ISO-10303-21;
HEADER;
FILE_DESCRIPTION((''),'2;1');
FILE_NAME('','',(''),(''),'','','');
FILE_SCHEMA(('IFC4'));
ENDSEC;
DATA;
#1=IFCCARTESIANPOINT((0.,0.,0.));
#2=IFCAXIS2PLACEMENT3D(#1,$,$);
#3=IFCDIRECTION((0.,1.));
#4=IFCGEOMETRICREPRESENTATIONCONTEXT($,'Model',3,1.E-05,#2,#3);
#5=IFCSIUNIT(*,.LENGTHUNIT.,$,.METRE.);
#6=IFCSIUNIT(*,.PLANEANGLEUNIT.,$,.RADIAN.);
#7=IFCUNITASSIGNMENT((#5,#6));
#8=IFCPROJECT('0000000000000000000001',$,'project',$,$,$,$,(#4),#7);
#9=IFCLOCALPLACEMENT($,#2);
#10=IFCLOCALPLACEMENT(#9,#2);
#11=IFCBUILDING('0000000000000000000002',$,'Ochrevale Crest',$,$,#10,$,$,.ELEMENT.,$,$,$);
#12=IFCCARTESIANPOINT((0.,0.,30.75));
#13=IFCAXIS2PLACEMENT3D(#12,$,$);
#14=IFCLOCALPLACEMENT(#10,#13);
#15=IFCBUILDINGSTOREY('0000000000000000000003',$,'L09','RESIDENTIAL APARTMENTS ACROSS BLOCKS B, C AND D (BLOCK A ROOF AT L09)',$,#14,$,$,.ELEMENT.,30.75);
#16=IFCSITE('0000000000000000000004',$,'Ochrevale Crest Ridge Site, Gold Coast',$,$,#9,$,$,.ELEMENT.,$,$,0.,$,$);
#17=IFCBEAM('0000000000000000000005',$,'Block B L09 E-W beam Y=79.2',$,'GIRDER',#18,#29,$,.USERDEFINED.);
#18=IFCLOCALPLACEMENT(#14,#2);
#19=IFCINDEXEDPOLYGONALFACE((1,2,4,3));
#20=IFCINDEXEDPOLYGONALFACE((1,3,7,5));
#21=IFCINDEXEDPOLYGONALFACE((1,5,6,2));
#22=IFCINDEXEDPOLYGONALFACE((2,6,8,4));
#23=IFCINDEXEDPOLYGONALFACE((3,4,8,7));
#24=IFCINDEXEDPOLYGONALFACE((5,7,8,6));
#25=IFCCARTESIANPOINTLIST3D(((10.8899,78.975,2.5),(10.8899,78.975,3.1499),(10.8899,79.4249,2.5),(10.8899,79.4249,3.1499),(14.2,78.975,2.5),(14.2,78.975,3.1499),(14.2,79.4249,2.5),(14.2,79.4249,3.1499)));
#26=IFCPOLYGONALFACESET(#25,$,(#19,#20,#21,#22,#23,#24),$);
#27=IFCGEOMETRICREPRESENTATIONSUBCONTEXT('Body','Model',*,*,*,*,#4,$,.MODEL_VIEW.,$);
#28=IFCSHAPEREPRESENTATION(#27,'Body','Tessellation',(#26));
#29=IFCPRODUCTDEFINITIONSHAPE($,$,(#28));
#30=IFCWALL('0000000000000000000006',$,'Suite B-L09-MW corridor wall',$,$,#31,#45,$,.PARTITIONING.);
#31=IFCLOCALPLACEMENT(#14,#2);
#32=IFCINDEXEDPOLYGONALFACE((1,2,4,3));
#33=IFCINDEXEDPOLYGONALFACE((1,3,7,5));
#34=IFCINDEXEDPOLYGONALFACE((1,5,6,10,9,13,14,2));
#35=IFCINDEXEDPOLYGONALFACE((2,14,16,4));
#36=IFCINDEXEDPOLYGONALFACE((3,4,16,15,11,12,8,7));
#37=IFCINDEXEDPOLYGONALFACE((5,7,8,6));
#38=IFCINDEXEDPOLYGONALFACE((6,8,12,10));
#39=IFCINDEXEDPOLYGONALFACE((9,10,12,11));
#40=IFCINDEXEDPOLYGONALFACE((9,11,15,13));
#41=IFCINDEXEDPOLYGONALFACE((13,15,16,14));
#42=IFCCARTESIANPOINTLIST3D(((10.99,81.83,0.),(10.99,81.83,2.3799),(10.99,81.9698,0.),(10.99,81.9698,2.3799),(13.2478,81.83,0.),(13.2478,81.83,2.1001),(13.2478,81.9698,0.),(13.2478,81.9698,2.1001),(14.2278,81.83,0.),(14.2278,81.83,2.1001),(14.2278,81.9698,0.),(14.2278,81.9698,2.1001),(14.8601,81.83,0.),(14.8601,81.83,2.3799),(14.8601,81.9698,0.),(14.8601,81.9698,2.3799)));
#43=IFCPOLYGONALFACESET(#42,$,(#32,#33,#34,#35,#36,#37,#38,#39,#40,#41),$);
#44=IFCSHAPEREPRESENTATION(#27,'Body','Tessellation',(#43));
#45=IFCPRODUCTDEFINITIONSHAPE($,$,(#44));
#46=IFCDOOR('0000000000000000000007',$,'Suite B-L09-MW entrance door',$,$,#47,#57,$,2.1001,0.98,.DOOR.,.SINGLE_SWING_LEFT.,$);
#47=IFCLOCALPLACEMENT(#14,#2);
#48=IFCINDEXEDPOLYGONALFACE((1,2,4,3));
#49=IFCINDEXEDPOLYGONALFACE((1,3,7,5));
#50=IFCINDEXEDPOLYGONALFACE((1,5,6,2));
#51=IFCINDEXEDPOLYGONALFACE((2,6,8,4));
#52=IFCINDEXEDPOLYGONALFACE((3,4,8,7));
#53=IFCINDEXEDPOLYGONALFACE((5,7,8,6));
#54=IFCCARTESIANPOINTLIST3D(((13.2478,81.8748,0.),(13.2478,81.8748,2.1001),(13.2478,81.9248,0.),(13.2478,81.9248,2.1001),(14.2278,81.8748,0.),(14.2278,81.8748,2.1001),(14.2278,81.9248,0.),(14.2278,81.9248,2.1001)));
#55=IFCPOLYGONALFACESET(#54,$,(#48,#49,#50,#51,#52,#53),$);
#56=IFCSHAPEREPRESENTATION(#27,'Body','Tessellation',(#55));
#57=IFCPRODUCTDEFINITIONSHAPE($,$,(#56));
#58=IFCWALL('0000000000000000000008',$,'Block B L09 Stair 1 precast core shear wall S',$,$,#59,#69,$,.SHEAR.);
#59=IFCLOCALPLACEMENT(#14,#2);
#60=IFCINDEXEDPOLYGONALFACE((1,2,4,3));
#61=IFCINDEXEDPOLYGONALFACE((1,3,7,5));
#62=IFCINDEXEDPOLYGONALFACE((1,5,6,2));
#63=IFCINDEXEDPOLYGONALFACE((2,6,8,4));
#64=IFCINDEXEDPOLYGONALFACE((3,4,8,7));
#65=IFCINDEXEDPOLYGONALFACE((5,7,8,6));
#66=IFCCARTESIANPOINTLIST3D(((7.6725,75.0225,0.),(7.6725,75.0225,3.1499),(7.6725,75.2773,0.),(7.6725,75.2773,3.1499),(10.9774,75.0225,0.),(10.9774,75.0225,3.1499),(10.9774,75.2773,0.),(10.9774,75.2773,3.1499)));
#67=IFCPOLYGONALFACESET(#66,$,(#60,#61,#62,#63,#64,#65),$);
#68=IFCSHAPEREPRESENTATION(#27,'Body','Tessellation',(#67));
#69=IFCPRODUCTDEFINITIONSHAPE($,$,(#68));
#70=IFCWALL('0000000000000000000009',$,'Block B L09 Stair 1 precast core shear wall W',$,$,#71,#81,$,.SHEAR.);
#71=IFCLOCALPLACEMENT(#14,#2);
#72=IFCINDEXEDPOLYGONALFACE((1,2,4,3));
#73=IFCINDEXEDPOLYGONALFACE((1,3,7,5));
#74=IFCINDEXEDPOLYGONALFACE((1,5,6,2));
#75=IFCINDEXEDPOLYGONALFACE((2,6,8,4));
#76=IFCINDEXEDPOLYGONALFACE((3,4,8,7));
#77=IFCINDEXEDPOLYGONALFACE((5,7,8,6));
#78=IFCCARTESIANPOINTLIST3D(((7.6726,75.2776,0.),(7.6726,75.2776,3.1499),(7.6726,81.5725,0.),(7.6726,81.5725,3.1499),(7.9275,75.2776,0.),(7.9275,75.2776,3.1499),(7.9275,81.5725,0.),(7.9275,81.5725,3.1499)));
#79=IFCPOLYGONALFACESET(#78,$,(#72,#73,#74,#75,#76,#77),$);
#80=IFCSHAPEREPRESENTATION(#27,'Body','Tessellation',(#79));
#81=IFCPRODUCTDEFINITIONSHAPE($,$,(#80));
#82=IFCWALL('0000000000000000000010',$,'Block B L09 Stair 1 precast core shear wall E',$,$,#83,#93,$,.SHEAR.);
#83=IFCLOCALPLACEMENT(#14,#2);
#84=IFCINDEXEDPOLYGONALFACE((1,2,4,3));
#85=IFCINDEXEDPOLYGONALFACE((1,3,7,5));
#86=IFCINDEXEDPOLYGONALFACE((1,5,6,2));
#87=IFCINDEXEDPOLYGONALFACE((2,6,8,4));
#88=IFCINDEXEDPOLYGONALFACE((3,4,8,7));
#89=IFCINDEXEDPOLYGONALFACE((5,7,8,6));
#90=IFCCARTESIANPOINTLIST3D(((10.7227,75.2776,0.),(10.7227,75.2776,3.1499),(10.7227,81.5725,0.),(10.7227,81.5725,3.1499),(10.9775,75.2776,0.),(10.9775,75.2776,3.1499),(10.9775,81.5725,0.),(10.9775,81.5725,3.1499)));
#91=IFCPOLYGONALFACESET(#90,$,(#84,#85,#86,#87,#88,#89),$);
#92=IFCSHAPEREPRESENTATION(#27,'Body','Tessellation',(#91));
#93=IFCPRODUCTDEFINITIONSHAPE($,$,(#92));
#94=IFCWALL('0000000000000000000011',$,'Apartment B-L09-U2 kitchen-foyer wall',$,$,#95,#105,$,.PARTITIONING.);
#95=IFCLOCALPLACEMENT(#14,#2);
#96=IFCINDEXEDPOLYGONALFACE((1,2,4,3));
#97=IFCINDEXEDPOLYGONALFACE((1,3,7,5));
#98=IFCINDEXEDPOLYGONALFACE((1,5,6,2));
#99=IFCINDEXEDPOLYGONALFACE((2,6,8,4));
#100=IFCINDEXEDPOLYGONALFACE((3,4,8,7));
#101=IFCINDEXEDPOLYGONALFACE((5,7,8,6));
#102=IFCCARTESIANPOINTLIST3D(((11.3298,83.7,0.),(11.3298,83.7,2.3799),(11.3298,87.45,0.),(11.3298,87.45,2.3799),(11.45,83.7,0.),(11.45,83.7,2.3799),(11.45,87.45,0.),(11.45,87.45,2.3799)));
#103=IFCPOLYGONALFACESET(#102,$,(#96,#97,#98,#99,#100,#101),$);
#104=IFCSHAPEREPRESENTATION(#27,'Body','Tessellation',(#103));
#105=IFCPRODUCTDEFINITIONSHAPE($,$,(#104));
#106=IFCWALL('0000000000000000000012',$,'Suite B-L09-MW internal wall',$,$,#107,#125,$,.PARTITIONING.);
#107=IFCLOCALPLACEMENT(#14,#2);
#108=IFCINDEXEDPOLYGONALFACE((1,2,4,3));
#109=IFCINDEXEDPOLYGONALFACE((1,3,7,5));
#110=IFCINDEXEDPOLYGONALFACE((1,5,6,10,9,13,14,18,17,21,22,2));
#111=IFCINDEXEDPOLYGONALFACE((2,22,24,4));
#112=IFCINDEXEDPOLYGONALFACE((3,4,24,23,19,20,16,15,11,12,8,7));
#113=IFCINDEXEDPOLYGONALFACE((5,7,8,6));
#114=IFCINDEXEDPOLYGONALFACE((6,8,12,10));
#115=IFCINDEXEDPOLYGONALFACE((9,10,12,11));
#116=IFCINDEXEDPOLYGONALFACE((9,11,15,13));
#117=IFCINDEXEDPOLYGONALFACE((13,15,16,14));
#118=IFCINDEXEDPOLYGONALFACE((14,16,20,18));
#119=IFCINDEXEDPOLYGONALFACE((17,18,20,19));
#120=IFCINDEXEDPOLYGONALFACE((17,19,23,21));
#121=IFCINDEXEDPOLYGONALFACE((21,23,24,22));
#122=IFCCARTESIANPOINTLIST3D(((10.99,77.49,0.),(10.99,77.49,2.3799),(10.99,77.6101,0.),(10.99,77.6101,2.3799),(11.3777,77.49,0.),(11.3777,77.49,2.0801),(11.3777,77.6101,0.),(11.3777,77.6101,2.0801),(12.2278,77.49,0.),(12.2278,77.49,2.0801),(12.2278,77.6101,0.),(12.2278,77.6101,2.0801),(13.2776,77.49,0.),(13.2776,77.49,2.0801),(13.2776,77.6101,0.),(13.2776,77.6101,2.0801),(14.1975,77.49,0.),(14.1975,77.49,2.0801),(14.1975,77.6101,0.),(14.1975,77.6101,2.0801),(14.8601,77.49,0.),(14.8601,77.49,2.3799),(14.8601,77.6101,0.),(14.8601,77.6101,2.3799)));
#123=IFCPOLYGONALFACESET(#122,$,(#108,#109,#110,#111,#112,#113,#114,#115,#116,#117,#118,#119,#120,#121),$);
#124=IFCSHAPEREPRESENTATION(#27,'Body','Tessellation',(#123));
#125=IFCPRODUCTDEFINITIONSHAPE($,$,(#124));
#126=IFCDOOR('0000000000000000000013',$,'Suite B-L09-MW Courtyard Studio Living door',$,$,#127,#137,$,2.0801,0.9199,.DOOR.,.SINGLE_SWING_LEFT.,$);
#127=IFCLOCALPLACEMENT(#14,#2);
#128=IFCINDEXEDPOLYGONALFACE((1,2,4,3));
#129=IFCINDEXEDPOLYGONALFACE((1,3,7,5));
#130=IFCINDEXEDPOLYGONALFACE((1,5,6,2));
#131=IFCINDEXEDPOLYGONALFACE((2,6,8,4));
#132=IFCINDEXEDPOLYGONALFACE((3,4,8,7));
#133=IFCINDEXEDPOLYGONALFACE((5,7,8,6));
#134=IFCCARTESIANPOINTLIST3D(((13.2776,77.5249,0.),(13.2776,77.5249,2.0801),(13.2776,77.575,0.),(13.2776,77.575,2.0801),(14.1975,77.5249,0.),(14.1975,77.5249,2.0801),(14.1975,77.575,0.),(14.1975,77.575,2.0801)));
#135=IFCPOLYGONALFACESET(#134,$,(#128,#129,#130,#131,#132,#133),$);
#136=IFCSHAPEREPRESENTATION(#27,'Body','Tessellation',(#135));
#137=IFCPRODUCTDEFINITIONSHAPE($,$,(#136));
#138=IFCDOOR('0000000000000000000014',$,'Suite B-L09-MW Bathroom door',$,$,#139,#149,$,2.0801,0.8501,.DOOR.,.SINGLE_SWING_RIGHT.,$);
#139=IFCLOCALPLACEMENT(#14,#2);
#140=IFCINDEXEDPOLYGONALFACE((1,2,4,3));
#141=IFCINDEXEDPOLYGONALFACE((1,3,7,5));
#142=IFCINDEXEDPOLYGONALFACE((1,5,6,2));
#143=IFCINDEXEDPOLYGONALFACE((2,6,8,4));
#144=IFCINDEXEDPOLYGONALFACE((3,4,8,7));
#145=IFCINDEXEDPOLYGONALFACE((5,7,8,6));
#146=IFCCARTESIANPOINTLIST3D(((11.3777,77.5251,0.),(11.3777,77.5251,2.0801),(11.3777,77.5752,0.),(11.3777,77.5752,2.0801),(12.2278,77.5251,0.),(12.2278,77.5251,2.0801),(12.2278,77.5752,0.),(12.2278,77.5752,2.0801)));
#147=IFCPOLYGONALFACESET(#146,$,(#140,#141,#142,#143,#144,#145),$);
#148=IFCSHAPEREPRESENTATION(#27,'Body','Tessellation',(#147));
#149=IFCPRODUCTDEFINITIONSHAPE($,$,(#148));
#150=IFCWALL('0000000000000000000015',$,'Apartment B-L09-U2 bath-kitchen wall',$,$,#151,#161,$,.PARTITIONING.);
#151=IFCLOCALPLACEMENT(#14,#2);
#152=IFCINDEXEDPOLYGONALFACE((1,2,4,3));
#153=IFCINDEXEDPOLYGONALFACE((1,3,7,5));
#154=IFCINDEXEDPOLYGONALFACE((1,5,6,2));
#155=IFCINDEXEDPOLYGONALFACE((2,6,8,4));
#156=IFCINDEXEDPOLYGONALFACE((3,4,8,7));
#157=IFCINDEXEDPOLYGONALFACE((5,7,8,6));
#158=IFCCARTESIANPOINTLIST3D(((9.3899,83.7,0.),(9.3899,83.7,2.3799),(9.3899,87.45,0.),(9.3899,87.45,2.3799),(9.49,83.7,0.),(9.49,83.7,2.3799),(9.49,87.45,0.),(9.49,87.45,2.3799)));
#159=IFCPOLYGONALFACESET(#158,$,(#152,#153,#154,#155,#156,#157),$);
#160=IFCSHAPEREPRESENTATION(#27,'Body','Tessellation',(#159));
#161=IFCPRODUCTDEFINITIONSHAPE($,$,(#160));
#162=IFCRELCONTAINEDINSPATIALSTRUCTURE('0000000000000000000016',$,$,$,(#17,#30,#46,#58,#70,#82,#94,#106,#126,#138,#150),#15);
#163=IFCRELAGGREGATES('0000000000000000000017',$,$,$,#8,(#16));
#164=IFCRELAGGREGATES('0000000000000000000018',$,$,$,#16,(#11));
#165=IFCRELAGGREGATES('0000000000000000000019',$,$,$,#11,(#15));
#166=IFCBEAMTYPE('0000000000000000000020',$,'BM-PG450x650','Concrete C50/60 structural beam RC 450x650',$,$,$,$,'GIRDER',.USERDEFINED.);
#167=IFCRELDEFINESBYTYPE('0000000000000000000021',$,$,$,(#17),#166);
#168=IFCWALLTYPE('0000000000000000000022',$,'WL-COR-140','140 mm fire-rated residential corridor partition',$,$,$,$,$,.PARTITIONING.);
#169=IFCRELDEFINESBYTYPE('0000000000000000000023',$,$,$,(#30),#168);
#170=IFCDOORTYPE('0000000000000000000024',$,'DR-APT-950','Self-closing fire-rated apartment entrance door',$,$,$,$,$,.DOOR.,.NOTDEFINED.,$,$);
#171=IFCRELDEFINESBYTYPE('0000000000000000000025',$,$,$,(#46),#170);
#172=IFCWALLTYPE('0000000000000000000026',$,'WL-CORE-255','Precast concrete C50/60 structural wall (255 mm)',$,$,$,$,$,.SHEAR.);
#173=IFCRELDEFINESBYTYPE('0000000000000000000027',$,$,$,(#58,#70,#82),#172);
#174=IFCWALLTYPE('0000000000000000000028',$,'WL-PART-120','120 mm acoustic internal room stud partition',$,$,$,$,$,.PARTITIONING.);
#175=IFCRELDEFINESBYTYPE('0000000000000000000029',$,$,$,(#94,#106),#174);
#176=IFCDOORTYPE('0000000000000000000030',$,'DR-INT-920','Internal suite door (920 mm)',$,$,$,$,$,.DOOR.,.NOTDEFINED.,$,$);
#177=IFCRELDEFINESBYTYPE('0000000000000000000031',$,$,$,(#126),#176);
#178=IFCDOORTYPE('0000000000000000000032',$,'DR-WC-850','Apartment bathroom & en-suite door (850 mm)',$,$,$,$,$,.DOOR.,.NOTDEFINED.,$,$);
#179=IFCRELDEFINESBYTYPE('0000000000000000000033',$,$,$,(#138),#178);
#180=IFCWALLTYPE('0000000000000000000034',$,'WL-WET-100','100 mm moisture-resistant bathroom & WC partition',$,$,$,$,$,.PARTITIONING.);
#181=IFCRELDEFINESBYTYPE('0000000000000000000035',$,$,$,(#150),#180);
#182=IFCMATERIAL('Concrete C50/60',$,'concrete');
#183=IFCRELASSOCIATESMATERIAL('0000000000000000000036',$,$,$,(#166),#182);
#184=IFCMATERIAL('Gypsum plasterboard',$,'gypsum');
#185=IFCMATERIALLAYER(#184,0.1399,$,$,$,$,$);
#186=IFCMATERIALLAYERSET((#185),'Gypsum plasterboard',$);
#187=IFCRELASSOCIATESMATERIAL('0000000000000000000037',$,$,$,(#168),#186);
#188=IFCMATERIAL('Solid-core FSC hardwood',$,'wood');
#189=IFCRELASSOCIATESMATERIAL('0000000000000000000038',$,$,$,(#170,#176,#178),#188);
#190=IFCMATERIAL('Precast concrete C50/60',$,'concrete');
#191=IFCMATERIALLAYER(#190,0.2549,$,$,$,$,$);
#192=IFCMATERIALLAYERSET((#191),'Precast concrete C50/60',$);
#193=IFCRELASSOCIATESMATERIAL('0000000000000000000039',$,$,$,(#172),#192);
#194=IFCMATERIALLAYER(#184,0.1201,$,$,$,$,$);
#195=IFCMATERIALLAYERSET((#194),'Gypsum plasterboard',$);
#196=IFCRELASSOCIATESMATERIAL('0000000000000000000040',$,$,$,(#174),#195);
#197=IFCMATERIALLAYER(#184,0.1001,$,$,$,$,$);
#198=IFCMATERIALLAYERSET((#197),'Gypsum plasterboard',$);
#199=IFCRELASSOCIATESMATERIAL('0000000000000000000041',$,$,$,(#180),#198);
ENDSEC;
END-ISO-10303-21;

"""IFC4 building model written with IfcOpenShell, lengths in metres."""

from ifc_helpers import new_model, si_unit, direction, frame, frame_2d, origin, origin_2d, place, context, subcontext, project, spatial, rectangle, extrude, material, layer, layer_set, material_profile, profile_set, type_object, element, fill, save


model = new_model("IFC4")

# Units and contexts
model_context = context("Model", 3, precision=1e-05, world=origin(), true_north=direction((0.0, 1.0)))
body_context = subcontext(model_context, "Body", "Model", "MODEL_VIEW")
ifc_project = project(units=[si_unit("LENGTHUNIT", "METRE"), si_unit("PLANEANGLEUNIT", "RADIAN")], contexts=[model_context])

# Site, building, storey
site_placement = place(None, origin())
site = spatial("IfcSite", under=ifc_project, at=site_placement, Name="Ochrevale Crest Ridge Site, Gold Coast", CompositionType="ELEMENT", RefElevation=0.0)
building_placement = place(site_placement, origin())
building = spatial("IfcBuilding", under=site, at=building_placement, Name="Ochrevale Crest", CompositionType="ELEMENT")
storey_placement = place(building_placement, frame((0.0, 0.0, 30.75)))
storey = spatial("IfcBuildingStorey", under=building, at=storey_placement, Name="L09", Description="RESIDENTIAL APARTMENTS ACROSS BLOCKS B, C AND D (BLOCK A ROOF AT L09)", CompositionType="ELEMENT", Elevation=30.75)

# Beam
ifc_material_1 = material(Name="Concrete C50/60", Category="concrete")
ifc_material_profile = material_profile(ifc_material_1, rectangle(XDim=0.45, YDim=0.6499, at=origin_2d()), Name="RC 450x650")
ifc_profile_set = profile_set([ifc_material_profile], Name="Concrete C50/60")
beam_type = type_object("IfcBeamType", Name="BM-PG450x650", Description="Concrete C50/60 structural beam RC 450x650", ElementType="GIRDER", PredefinedType="USERDEFINED", material=ifc_profile_set)
beam_placement = place(storey_placement, frame((10.8899, 79.2, 2.825), z_axis=(1.0, 0.0, 0.0), x_axis=(0.0, 1.0, 0.0)))
element("IfcBeam", 1, at=beam_placement, inside=storey, type_object=beam_type, Name="Block B L09 E-W beam Y=79.2", ObjectType="GIRDER", PredefinedType="USERDEFINED", context=body_context, shape_type="SweptSolid", body=[
    extrude(rectangle(XDim=0.45, YDim=0.6499, at=origin_2d()), origin(), (0.0, 0.0, 1.0), 3.3101),
])

# Wall, opening, door
ifc_material_2 = material(Name="Gypsum plasterboard", Category="gypsum")
ifc_layer_1 = layer(ifc_material_2, 0.1399)
ifc_layer_set_1 = layer_set([ifc_layer_1], Name="Gypsum plasterboard")
wall_type_1 = type_object("IfcWallType", Name="WL-COR-140", Description="140 mm fire-rated residential corridor partition", PredefinedType="PARTITIONING", material=ifc_layer_set_1)
wall_1_placement = place(storey_placement, frame((10.99, 81.8999, 0.0), z_axis=(0.0, 0.0, 1.0), x_axis=(1.0, 0.0, 0.0)))
wall_1 = element("IfcWall", 2, at=wall_1_placement, inside=storey, type_object=wall_type_1, Name="Suite B-L09-MW corridor wall", PredefinedType="PARTITIONING", context=body_context, shape_type="SweptSolid", body=[
    extrude(rectangle(XDim=3.8701, YDim=0.1399, at=frame_2d((1.9351, 0.0))), origin(), (0.0, 0.0, 1.0), 2.3799),
])
opening_1_placement = place(wall_1_placement, frame((2.2578, 0.0, 0.0)))
opening_1 = element("IfcOpeningElement", 3, at=opening_1_placement, cuts=wall_1, PredefinedType="OPENING", context=body_context, shape_type="SweptSolid", body=[
    extrude(rectangle(XDim=0.98, YDim=2.1001, at=frame_2d((0.49, 1.05))), frame((0.0, 0.0801, 0.0), z_axis=(0.0, -1.0, 0.0), x_axis=(1.0, 0.0, 0.0)), (0.0, 0.0, 1.0), 0.1599),
])
ifc_material_3 = material(Name="Solid-core FSC hardwood", Category="wood")
door_type_1 = type_object("IfcDoorType", Name="DR-APT-950", Description="Self-closing fire-rated apartment entrance door", OperationType="NOTDEFINED", PredefinedType="DOOR", material=ifc_material_3)
door_1_placement = place(opening_1_placement, origin())
door_1 = element("IfcDoor", 4, at=door_1_placement, inside=storey, type_object=door_type_1, Name="Suite B-L09-MW entrance door", OperationType="SINGLE_SWING_LEFT", OverallHeight=2.1001, OverallWidth=0.98, PredefinedType="DOOR", context=body_context, shape_type="SweptSolid", body=[
    extrude(rectangle(XDim=0.98, YDim=2.1001, at=frame_2d((0.49, 1.05))), frame((0.0, 0.0249, 0.0), z_axis=(0.0, -1.0, 0.0), x_axis=(1.0, 0.0, 0.0)), (0.0, 0.0, 1.0), 0.05),
])
fill(opening_1, door_1)

# Wall
ifc_material_4 = material(Name="Precast concrete C50/60", Category="concrete")
ifc_layer_2 = layer(ifc_material_4, 0.2549)
ifc_layer_set_2 = layer_set([ifc_layer_2], Name="Precast concrete C50/60")
wall_type_2 = type_object("IfcWallType", Name="WL-CORE-255", Description="Precast concrete C50/60 structural wall (255 mm)", PredefinedType="SHEAR", material=ifc_layer_set_2)
wall_2_placement = place(storey_placement, frame((7.6726, 75.1499, 0.0), z_axis=(0.0, 0.0, 1.0), x_axis=(1.0, 0.0, 0.0)))
element("IfcWall", 5, at=wall_2_placement, inside=storey, type_object=wall_type_2, Name="Block B L09 Stair 1 precast core shear wall S", PredefinedType="SHEAR", context=body_context, shape_type="SweptSolid", body=[
    extrude(rectangle(XDim=3.3049, YDim=0.2549, at=frame_2d((1.6523, 0.0))), origin(), (0.0, 0.0, 1.0), 3.1499),
])

# Walls
for number, where, z_axis, x_axis, name in (
    (6, (7.8, 75.2776, 0.0), (0.0, 0.0, 1.0), (0.0, 1.0, 0.0), "Block B L09 Stair 1 precast core shear wall W"),
    (7, (10.8501, 75.2776, 0.0), (0.0, 0.0, 1.0), (0.0, 1.0, 0.0), "Block B L09 Stair 1 precast core shear wall E"),
):
    element("IfcWall", number, at=place(storey_placement, frame(where, z_axis=z_axis, x_axis=x_axis)), inside=storey, type_object=wall_type_2, Name=name, PredefinedType="SHEAR", context=body_context, shape_type="SweptSolid", body=[
        extrude(rectangle(XDim=6.2949, YDim=0.2549, at=frame_2d((3.1475, 0.0))), origin(), (0.0, 0.0, 1.0), 3.1499),
    ])
ifc_layer_3 = layer(ifc_material_2, 0.1201)
ifc_layer_set_3 = layer_set([ifc_layer_3], Name="Gypsum plasterboard")
wall_type_3 = type_object("IfcWallType", Name="WL-PART-120", Description="120 mm acoustic internal room stud partition", PredefinedType="PARTITIONING", material=ifc_layer_set_3)
wall_3_placement = place(storey_placement, frame((11.3899, 83.7, 0.0), z_axis=(0.0, 0.0, 1.0), x_axis=(0.0, 1.0, 0.0)))
element("IfcWall", 8, at=wall_3_placement, inside=storey, type_object=wall_type_3, Name="Apartment B-L09-U2 kitchen-foyer wall", PredefinedType="PARTITIONING", context=body_context, shape_type="SweptSolid", body=[
    extrude(rectangle(XDim=3.75, YDim=0.1201, at=frame_2d((1.875, 0.0))), origin(), (0.0, 0.0, 1.0), 2.3799),
])

# Wall, openings, doors
wall_4_placement = place(storey_placement, frame((10.99, 77.55, 0.0), z_axis=(0.0, 0.0, 1.0), x_axis=(1.0, 0.0, 0.0)))
wall_4 = element("IfcWall", 9, at=wall_4_placement, inside=storey, type_object=wall_type_3, Name="Suite B-L09-MW internal wall", PredefinedType="PARTITIONING", context=body_context, shape_type="SweptSolid", body=[
    extrude(rectangle(XDim=3.8701, YDim=0.1201, at=frame_2d((1.9351, 0.0))), origin(), (0.0, 0.0, 1.0), 2.3799),
])
opening_2_placement = place(wall_4_placement, frame((1.2378, 0.0, 0.0), z_axis=(0.0, 0.0, 1.0), x_axis=(-1.0, 0.0, 0.0)))
opening_2 = element("IfcOpeningElement", 10, at=opening_2_placement, cuts=wall_4, PredefinedType="OPENING", context=body_context, shape_type="SweptSolid", body=[
    extrude(rectangle(XDim=0.8501, YDim=2.0801, at=frame_2d((0.425, 1.04))), frame((0.0, 0.0701, 0.0), z_axis=(0.0, -1.0, 0.0), x_axis=(1.0, 0.0, 0.0)), (0.0, 0.0, 1.0), 0.1401),
])
opening_3_placement = place(wall_4_placement, frame((2.2876, 0.0, 0.0)))
opening_3 = element("IfcOpeningElement", 11, at=opening_3_placement, cuts=wall_4, PredefinedType="OPENING", context=body_context, shape_type="SweptSolid", body=[
    extrude(rectangle(XDim=0.9199, YDim=2.0801, at=frame_2d((0.46, 1.04))), frame((0.0, 0.0701, 0.0), z_axis=(0.0, -1.0, 0.0), x_axis=(1.0, 0.0, 0.0)), (0.0, 0.0, 1.0), 0.1401),
])
door_type_2 = type_object("IfcDoorType", Name="DR-INT-920", Description="Internal suite door (920 mm)", OperationType="NOTDEFINED", PredefinedType="DOOR", material=ifc_material_3)
door_2_placement = place(opening_3_placement, origin())
door_2 = element("IfcDoor", 12, at=door_2_placement, inside=storey, type_object=door_type_2, Name="Suite B-L09-MW Courtyard Studio Living door", OperationType="SINGLE_SWING_LEFT", OverallHeight=2.0801, OverallWidth=0.9199, PredefinedType="DOOR", context=body_context, shape_type="SweptSolid", body=[
    extrude(rectangle(XDim=0.9199, YDim=2.0801, at=frame_2d((0.46, 1.04))), frame((0.0, 0.0249, 0.0), z_axis=(0.0, -1.0, 0.0), x_axis=(1.0, 0.0, 0.0)), (0.0, 0.0, 1.0), 0.05),
])
fill(opening_3, door_2)
door_type_3 = type_object("IfcDoorType", Name="DR-WC-850", Description="Apartment bathroom & en-suite door (850 mm)", OperationType="NOTDEFINED", PredefinedType="DOOR", material=ifc_material_3)
door_3_placement = place(opening_2_placement, origin())
door_3 = element("IfcDoor", 13, at=door_3_placement, inside=storey, type_object=door_type_3, Name="Suite B-L09-MW Bathroom door", OperationType="SINGLE_SWING_RIGHT", OverallHeight=2.0801, OverallWidth=0.8501, PredefinedType="DOOR", context=body_context, shape_type="SweptSolid", body=[
    extrude(rectangle(XDim=0.8501, YDim=2.0801, at=frame_2d((0.425, 1.04))), frame((0.0, 0.0249, 0.0), z_axis=(0.0, -1.0, 0.0), x_axis=(1.0, 0.0, 0.0)), (0.0, 0.0, 1.0), 0.05),
])
fill(opening_2, door_3)

# Wall
ifc_layer_4 = layer(ifc_material_2, 0.1001)
ifc_layer_set_4 = layer_set([ifc_layer_4], Name="Gypsum plasterboard")
wall_type_4 = type_object("IfcWallType", Name="WL-WET-100", Description="100 mm moisture-resistant bathroom & WC partition", PredefinedType="PARTITIONING", material=ifc_layer_set_4)
wall_5_placement = place(storey_placement, frame((9.4399, 83.7, 0.0), z_axis=(0.0, 0.0, 1.0), x_axis=(0.0, 1.0, 0.0)))
element("IfcWall", 14, at=wall_5_placement, inside=storey, type_object=wall_type_4, Name="Apartment B-L09-U2 bath-kitchen wall", PredefinedType="PARTITIONING", context=body_context, shape_type="SweptSolid", body=[
    extrude(rectangle(XDim=3.75, YDim=0.1001, at=frame_2d((1.875, 0.0))), origin(), (0.0, 0.0, 1.0), 2.3799),
])

save(model, "model.ifc")
